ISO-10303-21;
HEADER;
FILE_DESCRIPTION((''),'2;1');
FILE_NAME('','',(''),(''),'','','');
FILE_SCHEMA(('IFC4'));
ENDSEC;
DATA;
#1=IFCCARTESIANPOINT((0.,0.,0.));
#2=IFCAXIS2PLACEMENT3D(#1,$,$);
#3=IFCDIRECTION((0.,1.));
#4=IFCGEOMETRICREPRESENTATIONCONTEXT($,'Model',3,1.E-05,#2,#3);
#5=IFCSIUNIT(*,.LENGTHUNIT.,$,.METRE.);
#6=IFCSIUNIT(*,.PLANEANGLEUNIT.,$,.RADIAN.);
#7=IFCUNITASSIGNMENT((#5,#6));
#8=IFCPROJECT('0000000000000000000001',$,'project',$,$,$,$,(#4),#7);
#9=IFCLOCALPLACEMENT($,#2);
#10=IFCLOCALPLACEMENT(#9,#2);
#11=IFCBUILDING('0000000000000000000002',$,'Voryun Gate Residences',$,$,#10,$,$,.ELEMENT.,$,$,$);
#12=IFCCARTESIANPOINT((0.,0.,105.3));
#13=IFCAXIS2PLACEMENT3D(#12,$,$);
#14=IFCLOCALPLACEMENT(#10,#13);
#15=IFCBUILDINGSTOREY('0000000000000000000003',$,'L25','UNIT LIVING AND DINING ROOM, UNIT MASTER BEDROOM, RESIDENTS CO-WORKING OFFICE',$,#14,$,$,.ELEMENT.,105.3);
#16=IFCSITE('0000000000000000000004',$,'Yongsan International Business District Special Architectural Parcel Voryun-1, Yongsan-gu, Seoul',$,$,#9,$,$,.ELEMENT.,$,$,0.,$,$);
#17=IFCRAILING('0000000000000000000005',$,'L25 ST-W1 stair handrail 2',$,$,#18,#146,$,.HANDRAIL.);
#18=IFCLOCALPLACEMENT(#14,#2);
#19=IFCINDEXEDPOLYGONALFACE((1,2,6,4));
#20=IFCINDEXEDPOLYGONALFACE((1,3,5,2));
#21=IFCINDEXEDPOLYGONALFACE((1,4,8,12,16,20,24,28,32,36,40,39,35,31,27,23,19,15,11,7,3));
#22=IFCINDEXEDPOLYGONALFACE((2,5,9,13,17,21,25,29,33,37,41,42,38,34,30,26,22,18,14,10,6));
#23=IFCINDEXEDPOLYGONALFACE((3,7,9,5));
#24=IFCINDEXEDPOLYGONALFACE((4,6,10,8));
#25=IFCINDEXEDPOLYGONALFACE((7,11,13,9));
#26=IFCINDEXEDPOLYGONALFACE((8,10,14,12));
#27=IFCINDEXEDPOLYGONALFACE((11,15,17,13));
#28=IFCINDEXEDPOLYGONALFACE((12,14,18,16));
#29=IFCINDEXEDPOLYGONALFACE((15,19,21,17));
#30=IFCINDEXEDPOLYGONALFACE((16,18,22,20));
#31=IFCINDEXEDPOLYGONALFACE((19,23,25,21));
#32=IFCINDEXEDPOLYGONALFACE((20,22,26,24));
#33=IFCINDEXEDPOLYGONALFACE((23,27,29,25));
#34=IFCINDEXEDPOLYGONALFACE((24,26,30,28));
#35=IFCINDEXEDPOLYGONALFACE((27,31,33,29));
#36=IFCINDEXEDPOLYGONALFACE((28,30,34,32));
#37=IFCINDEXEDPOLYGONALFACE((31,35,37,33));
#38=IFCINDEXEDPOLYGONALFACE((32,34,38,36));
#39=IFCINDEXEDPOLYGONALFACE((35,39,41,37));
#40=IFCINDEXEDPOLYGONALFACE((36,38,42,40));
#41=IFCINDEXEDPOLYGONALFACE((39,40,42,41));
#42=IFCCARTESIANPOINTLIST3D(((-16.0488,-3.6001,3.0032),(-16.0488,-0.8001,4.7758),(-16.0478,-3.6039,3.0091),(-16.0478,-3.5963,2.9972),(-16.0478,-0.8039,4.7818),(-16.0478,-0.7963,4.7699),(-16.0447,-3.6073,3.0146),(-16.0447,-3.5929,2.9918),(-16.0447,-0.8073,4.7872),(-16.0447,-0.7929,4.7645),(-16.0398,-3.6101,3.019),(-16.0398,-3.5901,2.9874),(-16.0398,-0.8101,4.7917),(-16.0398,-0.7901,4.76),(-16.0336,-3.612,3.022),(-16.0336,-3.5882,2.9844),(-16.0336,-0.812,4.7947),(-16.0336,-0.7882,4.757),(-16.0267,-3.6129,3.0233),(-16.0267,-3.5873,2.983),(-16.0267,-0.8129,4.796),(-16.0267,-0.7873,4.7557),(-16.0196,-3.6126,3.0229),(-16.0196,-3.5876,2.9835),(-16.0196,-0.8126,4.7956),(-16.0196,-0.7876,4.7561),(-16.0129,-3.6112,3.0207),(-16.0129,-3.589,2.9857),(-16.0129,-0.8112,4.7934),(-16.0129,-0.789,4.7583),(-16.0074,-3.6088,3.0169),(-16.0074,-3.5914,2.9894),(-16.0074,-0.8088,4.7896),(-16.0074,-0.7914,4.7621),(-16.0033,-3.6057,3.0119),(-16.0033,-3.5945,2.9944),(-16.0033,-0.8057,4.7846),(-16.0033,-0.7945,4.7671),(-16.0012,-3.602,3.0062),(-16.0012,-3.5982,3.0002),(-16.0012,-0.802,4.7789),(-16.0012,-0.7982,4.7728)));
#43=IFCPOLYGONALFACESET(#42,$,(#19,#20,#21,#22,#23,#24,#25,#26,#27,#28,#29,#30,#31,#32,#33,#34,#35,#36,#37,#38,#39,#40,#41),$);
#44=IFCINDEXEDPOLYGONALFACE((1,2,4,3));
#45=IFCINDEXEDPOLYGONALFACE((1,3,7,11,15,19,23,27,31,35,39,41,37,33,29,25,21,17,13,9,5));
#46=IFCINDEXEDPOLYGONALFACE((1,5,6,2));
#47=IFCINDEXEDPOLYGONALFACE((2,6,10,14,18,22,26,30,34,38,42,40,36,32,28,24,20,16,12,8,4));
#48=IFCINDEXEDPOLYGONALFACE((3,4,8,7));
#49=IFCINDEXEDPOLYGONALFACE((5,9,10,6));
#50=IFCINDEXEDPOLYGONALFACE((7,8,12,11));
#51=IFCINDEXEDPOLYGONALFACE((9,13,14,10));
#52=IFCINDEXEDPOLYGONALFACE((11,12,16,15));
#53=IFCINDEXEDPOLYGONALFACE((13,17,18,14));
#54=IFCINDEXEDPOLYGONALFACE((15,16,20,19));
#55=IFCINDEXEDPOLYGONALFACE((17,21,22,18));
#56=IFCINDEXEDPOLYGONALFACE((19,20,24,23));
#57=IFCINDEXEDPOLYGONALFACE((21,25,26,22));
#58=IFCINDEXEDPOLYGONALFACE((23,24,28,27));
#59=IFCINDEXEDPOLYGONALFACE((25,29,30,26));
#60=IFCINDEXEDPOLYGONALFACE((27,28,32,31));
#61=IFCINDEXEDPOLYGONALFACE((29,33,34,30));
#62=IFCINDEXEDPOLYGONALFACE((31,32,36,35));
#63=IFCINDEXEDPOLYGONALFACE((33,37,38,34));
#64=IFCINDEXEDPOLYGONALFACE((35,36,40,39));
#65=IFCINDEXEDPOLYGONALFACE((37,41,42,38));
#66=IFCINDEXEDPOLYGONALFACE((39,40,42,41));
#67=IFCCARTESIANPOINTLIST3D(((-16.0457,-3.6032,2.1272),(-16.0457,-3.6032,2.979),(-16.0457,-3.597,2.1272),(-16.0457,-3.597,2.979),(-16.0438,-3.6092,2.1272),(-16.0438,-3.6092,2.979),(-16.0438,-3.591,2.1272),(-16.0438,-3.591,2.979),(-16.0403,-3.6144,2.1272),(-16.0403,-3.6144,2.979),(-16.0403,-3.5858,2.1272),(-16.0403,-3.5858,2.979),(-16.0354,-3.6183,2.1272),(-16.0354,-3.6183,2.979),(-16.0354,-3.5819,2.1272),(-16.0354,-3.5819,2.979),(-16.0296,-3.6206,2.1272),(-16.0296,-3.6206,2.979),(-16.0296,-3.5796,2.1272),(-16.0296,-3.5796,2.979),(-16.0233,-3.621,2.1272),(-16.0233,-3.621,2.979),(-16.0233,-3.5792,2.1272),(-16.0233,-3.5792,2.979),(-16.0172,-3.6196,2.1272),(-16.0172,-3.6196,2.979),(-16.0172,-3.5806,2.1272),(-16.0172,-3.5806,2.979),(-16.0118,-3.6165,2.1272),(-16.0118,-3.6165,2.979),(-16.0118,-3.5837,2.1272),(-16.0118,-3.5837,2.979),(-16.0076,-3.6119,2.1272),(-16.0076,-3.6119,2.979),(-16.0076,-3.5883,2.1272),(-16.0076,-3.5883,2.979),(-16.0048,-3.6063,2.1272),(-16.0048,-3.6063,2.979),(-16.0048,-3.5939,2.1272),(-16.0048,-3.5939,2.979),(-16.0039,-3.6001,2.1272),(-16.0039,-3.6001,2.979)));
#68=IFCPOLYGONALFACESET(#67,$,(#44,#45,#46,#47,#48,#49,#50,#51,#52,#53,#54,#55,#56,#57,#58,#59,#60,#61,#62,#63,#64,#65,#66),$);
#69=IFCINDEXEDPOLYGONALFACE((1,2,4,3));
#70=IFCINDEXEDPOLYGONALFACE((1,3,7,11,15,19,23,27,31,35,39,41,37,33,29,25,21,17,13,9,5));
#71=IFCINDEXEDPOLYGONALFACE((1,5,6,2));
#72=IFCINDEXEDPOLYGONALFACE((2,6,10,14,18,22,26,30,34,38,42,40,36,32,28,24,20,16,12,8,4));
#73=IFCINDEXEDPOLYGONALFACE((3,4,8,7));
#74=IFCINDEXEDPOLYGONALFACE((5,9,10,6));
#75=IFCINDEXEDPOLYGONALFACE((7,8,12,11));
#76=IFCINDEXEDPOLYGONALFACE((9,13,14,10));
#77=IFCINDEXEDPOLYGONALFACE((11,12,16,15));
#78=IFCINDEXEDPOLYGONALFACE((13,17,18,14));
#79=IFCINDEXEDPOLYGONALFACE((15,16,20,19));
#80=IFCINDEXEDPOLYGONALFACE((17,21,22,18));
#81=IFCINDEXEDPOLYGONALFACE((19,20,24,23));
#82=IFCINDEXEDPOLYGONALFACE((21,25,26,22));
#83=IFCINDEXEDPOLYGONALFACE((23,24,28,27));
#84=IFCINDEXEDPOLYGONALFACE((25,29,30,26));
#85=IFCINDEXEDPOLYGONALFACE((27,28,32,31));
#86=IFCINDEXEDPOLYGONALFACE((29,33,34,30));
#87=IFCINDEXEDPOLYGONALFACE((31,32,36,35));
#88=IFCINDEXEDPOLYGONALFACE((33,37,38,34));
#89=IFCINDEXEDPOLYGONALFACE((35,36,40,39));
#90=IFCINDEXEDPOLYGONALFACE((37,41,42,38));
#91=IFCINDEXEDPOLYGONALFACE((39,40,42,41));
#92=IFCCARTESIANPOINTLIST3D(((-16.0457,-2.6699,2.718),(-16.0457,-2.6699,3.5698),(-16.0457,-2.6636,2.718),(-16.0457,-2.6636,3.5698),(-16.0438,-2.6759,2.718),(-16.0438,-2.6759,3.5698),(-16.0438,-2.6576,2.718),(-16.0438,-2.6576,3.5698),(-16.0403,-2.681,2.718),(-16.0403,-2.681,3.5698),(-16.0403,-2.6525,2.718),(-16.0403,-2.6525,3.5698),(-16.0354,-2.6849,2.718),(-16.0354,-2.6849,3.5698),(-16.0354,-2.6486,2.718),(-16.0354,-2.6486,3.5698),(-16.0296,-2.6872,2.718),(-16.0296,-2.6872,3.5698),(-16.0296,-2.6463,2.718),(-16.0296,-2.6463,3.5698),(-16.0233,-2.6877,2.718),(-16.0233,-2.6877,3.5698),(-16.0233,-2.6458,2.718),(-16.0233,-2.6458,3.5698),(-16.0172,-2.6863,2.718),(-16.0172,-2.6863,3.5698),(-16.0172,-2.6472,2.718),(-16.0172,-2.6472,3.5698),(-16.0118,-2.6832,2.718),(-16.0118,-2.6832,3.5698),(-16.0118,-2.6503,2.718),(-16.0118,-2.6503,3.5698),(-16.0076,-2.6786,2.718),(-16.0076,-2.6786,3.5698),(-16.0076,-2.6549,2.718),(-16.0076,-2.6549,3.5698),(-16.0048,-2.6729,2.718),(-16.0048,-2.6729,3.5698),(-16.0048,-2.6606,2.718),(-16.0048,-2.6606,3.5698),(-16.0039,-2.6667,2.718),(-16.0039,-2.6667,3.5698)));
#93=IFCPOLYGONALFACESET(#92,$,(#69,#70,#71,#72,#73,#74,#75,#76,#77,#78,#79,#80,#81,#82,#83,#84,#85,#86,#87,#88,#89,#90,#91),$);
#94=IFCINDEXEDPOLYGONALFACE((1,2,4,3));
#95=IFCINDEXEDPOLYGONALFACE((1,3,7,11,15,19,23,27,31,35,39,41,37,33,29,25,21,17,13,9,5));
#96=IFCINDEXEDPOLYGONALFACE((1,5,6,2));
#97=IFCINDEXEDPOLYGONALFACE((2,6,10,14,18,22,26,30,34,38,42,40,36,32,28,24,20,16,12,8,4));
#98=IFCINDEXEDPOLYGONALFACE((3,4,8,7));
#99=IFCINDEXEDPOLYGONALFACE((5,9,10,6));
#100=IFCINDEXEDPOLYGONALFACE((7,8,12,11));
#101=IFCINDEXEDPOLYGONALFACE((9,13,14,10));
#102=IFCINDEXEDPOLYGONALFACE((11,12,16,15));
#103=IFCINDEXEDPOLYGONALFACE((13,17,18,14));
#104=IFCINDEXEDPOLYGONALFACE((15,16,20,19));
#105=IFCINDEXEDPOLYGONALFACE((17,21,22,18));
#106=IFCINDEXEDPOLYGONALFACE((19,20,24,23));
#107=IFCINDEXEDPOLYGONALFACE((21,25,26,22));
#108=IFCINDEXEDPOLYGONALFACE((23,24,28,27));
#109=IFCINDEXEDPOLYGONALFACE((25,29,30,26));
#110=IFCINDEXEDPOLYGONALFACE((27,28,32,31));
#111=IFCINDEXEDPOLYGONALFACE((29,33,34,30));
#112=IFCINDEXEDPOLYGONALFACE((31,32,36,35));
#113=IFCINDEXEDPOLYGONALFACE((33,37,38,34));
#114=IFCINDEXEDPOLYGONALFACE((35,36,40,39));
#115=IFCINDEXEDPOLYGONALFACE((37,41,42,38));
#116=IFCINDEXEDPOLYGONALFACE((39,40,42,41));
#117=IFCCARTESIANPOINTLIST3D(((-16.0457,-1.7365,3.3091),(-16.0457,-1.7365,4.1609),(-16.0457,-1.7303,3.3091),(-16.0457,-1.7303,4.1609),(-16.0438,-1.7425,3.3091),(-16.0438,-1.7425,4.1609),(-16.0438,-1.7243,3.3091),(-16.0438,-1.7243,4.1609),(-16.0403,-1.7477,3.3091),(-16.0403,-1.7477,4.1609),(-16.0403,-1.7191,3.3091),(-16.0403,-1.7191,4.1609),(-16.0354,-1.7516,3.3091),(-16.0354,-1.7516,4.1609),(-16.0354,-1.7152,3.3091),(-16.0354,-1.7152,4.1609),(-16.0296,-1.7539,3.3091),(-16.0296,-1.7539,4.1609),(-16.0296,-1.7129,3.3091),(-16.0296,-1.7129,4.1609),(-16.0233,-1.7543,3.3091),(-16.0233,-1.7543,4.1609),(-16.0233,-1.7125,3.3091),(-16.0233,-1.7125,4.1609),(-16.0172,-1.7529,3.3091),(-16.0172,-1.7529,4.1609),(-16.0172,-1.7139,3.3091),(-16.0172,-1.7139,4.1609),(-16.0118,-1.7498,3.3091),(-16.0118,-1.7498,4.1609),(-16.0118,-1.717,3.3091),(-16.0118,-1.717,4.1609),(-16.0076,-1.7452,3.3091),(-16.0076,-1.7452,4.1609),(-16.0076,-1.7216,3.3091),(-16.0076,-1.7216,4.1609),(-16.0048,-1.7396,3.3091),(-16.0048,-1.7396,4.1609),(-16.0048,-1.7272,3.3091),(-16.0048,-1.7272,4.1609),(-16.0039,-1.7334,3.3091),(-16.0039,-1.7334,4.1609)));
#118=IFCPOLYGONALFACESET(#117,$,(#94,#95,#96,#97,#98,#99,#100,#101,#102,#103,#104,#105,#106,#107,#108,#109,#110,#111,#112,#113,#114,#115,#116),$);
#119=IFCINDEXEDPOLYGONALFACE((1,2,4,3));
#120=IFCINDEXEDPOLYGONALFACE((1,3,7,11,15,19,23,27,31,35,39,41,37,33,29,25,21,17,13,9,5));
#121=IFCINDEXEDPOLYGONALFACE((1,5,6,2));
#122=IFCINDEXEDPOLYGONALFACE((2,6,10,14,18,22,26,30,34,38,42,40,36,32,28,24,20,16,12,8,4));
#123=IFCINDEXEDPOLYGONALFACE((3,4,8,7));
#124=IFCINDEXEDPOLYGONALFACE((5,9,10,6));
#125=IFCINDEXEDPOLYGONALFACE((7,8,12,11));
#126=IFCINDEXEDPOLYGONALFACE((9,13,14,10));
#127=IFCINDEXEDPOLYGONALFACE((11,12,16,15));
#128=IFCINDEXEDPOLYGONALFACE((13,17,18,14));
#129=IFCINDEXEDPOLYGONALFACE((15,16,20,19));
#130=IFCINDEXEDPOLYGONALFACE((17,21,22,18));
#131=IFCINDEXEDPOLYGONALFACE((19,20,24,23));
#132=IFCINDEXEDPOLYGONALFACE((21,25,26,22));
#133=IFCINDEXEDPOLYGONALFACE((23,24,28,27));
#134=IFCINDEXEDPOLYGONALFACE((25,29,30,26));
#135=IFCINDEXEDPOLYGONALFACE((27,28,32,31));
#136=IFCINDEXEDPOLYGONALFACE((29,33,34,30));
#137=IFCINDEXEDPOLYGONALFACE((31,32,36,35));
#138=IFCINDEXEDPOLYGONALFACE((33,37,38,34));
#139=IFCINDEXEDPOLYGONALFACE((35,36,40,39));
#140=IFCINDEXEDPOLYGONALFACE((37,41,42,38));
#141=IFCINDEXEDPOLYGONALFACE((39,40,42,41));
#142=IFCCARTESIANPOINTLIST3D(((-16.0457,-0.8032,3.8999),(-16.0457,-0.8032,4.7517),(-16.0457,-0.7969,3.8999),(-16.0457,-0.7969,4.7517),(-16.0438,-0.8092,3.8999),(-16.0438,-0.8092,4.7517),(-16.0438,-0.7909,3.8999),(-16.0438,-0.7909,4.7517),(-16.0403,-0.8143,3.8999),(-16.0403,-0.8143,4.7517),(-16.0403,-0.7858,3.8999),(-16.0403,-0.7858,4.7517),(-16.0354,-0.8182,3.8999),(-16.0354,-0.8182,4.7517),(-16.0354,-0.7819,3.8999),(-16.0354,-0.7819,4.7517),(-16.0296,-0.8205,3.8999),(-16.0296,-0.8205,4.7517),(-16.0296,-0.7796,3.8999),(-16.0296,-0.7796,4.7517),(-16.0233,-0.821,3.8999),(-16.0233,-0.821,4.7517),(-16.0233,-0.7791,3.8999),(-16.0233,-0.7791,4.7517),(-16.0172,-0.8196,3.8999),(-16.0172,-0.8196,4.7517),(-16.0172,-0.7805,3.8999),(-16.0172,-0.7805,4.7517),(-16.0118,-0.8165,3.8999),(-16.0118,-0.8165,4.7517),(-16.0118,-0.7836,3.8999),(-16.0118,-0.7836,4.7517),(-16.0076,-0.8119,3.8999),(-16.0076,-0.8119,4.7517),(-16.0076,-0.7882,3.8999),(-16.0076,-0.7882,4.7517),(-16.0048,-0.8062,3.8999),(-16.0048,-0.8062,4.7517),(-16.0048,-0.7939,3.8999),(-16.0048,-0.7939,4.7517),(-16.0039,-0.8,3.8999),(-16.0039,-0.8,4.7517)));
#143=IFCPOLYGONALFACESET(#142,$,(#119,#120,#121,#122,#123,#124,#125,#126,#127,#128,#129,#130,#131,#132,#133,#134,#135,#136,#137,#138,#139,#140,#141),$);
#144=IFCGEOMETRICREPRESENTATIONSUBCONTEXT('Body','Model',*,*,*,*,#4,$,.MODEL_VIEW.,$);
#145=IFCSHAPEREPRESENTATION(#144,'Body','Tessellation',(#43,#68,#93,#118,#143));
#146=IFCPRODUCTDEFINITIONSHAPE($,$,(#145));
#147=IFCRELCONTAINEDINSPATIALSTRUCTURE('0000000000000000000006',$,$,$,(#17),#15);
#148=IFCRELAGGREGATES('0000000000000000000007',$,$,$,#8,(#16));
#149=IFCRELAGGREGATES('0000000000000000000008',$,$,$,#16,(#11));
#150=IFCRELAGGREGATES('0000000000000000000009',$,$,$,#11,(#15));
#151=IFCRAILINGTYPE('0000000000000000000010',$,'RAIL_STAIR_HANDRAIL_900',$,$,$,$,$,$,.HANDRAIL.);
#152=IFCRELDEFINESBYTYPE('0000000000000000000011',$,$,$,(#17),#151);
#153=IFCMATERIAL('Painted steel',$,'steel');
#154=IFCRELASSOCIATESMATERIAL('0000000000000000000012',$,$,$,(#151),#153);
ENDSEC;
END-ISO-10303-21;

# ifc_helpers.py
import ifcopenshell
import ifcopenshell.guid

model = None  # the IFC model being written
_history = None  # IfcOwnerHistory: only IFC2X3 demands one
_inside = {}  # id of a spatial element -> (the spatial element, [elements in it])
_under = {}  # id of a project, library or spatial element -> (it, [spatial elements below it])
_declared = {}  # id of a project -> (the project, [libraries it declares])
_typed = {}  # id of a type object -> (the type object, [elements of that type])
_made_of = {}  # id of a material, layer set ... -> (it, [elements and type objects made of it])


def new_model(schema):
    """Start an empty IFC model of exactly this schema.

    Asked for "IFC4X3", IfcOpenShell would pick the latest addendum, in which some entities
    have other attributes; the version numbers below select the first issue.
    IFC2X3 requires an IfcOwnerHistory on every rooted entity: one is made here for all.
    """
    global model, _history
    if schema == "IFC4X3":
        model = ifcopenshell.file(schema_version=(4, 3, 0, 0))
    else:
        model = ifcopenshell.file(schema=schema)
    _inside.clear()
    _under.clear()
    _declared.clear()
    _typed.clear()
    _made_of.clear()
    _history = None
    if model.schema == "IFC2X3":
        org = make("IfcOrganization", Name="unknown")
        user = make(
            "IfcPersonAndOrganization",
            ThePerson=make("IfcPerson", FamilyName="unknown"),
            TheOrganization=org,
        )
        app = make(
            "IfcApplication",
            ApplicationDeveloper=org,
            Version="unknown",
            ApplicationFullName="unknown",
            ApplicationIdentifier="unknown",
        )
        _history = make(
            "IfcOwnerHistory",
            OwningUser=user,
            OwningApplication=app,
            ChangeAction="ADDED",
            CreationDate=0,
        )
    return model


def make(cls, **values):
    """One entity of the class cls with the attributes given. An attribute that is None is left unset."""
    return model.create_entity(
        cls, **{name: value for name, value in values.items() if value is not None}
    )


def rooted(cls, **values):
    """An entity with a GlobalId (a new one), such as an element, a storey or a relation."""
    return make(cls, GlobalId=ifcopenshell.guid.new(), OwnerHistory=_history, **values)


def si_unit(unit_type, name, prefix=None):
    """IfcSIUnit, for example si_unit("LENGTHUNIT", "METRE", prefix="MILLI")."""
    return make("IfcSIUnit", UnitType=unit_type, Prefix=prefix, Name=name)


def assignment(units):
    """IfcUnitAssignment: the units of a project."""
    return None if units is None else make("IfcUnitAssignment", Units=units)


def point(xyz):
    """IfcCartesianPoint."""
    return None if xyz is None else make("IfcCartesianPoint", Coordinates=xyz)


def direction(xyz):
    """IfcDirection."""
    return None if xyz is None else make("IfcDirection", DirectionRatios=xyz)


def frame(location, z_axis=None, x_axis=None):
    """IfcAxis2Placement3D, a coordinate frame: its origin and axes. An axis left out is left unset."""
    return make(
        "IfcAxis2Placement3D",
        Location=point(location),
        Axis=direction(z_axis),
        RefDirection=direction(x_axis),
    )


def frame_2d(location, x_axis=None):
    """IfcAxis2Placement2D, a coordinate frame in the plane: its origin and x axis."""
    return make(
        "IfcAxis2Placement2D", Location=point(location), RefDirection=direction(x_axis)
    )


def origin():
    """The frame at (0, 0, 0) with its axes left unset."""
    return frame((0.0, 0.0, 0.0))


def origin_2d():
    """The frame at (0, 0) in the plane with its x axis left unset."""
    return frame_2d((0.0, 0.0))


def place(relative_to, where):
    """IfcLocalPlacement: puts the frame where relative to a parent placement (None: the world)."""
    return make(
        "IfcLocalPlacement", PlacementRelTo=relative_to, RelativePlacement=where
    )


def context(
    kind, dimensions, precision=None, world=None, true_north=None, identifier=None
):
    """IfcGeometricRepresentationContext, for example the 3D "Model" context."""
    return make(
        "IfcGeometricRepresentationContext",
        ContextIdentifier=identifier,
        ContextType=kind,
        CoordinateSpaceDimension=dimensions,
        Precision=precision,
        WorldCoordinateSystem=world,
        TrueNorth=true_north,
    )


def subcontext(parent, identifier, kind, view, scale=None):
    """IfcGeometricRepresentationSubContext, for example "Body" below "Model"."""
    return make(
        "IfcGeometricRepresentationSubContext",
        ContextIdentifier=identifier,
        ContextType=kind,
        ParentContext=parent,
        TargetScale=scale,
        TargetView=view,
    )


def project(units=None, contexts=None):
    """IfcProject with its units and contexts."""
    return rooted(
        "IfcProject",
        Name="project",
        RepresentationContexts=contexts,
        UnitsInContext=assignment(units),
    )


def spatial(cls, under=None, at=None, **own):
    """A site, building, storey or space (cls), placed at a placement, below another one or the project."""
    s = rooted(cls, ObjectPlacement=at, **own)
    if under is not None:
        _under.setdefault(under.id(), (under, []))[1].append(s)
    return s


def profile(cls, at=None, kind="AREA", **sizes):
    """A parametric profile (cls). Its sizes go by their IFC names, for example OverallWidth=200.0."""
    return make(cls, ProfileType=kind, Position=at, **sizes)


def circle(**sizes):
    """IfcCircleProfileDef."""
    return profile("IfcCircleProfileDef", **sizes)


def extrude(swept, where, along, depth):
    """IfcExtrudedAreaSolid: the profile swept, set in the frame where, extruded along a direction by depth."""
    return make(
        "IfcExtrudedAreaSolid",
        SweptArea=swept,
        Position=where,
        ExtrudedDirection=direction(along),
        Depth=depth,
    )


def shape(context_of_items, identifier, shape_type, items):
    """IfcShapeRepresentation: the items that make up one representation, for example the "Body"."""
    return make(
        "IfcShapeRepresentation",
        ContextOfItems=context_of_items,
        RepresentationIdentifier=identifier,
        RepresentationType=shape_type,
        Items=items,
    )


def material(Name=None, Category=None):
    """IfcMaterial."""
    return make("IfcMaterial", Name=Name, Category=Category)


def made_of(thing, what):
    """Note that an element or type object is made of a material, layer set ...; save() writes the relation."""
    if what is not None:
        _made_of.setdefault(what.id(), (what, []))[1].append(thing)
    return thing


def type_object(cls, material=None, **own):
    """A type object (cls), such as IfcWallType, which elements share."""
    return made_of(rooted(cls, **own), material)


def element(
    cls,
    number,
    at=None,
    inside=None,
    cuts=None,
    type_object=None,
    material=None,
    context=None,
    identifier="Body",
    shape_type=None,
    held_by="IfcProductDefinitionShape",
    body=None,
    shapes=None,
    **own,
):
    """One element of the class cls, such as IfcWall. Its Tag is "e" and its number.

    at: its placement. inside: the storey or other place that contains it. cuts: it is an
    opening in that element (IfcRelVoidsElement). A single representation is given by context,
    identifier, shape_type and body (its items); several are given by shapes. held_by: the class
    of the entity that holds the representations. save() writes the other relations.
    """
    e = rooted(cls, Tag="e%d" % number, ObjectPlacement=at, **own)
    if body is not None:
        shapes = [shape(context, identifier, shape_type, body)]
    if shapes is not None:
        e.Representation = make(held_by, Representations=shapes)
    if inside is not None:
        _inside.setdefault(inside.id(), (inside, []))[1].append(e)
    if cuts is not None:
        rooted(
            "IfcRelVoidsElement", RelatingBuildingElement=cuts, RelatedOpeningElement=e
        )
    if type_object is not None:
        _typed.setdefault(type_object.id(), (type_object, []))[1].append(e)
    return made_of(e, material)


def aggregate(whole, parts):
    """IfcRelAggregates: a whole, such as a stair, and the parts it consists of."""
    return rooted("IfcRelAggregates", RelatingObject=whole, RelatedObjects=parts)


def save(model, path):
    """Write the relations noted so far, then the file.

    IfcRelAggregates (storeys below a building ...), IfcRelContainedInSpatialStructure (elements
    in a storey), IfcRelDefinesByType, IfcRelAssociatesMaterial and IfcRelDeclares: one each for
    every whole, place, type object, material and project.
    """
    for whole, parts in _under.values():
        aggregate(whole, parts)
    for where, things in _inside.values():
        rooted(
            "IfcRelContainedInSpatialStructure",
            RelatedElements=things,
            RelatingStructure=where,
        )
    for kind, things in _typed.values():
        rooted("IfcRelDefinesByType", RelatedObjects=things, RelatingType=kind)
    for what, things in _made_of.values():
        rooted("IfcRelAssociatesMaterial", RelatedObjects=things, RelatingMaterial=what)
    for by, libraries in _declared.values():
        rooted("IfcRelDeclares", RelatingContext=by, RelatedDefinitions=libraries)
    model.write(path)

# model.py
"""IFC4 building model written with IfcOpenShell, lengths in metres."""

from ifc_helpers import new_model, si_unit, direction, frame, origin, origin_2d, place, context, subcontext, project, spatial, circle, extrude, material, type_object, element, save


model = new_model("IFC4")

# Units and contexts
model_context = context("Model", 3, precision=1e-05, world=origin(), true_north=direction((0.0, 1.0)))
body_context = subcontext(model_context, "Body", "Model", "MODEL_VIEW")
ifc_project = project(units=[si_unit("LENGTHUNIT", "METRE"), si_unit("PLANEANGLEUNIT", "RADIAN")], contexts=[model_context])

# Site, building, storey
site_placement = place(None, origin())
site = spatial("IfcSite", under=ifc_project, at=site_placement, Name="Yongsan International Business District Special Architectural Parcel Voryun-1, Yongsan-gu, Seoul", CompositionType="ELEMENT", RefElevation=0.0)
building_placement = place(site_placement, origin())
building = spatial("IfcBuilding", under=site, at=building_placement, Name="Voryun Gate Residences", CompositionType="ELEMENT")
storey_placement = place(building_placement, frame((0.0, 0.0, 105.3)))
storey = spatial("IfcBuildingStorey", under=building, at=storey_placement, Name="L25", Description="UNIT LIVING AND DINING ROOM, UNIT MASTER BEDROOM, RESIDENTS CO-WORKING OFFICE", CompositionType="ELEMENT", Elevation=105.3)

# Railing
ifc_material_1 = material(Name="Painted steel", Category="steel")
railing_type_1 = type_object("IfcRailingType", Name="RAIL_STAIR_HANDRAIL_900", PredefinedType="HANDRAIL", material=ifc_material_1)
railing_1_placement = place(storey_placement, frame((-16.0249, -3.6001, 2.1272)))
element("IfcRailing", 1, at=railing_1_placement, inside=storey, type_object=railing_type_1, Name="L25 ST-W1 stair handrail 2", PredefinedType="HANDRAIL", context=body_context, shape_type="SweptSolid", body=[
    extrude(circle(Radius=0.0239, at=origin_2d()), frame((0.0, 0.0, 0.876), z_axis=(0.0, 0.844909, 0.53491), x_axis=(-1.0, 0.0, 0.0)), (0.0, 0.0, 1.0), 3.314),
    extrude(circle(Radius=0.021, at=origin_2d()), origin(), (0.0, 0.0, 1.0), 0.8518),
    extrude(circle(Radius=0.021, at=origin_2d()), frame((0.0, 0.9333, 0.5908)), (0.0, 0.0, 1.0), 0.8518),
    extrude(circle(Radius=0.021, at=origin_2d()), frame((0.0, 1.8667, 1.1819)), (0.0, 0.0, 1.0), 0.8518),
    extrude(circle(Radius=0.021, at=origin_2d()), frame((0.0, 2.8, 1.7727)), (0.0, 0.0, 1.0), 0.8518),
])

save(model, "model.ifc")
